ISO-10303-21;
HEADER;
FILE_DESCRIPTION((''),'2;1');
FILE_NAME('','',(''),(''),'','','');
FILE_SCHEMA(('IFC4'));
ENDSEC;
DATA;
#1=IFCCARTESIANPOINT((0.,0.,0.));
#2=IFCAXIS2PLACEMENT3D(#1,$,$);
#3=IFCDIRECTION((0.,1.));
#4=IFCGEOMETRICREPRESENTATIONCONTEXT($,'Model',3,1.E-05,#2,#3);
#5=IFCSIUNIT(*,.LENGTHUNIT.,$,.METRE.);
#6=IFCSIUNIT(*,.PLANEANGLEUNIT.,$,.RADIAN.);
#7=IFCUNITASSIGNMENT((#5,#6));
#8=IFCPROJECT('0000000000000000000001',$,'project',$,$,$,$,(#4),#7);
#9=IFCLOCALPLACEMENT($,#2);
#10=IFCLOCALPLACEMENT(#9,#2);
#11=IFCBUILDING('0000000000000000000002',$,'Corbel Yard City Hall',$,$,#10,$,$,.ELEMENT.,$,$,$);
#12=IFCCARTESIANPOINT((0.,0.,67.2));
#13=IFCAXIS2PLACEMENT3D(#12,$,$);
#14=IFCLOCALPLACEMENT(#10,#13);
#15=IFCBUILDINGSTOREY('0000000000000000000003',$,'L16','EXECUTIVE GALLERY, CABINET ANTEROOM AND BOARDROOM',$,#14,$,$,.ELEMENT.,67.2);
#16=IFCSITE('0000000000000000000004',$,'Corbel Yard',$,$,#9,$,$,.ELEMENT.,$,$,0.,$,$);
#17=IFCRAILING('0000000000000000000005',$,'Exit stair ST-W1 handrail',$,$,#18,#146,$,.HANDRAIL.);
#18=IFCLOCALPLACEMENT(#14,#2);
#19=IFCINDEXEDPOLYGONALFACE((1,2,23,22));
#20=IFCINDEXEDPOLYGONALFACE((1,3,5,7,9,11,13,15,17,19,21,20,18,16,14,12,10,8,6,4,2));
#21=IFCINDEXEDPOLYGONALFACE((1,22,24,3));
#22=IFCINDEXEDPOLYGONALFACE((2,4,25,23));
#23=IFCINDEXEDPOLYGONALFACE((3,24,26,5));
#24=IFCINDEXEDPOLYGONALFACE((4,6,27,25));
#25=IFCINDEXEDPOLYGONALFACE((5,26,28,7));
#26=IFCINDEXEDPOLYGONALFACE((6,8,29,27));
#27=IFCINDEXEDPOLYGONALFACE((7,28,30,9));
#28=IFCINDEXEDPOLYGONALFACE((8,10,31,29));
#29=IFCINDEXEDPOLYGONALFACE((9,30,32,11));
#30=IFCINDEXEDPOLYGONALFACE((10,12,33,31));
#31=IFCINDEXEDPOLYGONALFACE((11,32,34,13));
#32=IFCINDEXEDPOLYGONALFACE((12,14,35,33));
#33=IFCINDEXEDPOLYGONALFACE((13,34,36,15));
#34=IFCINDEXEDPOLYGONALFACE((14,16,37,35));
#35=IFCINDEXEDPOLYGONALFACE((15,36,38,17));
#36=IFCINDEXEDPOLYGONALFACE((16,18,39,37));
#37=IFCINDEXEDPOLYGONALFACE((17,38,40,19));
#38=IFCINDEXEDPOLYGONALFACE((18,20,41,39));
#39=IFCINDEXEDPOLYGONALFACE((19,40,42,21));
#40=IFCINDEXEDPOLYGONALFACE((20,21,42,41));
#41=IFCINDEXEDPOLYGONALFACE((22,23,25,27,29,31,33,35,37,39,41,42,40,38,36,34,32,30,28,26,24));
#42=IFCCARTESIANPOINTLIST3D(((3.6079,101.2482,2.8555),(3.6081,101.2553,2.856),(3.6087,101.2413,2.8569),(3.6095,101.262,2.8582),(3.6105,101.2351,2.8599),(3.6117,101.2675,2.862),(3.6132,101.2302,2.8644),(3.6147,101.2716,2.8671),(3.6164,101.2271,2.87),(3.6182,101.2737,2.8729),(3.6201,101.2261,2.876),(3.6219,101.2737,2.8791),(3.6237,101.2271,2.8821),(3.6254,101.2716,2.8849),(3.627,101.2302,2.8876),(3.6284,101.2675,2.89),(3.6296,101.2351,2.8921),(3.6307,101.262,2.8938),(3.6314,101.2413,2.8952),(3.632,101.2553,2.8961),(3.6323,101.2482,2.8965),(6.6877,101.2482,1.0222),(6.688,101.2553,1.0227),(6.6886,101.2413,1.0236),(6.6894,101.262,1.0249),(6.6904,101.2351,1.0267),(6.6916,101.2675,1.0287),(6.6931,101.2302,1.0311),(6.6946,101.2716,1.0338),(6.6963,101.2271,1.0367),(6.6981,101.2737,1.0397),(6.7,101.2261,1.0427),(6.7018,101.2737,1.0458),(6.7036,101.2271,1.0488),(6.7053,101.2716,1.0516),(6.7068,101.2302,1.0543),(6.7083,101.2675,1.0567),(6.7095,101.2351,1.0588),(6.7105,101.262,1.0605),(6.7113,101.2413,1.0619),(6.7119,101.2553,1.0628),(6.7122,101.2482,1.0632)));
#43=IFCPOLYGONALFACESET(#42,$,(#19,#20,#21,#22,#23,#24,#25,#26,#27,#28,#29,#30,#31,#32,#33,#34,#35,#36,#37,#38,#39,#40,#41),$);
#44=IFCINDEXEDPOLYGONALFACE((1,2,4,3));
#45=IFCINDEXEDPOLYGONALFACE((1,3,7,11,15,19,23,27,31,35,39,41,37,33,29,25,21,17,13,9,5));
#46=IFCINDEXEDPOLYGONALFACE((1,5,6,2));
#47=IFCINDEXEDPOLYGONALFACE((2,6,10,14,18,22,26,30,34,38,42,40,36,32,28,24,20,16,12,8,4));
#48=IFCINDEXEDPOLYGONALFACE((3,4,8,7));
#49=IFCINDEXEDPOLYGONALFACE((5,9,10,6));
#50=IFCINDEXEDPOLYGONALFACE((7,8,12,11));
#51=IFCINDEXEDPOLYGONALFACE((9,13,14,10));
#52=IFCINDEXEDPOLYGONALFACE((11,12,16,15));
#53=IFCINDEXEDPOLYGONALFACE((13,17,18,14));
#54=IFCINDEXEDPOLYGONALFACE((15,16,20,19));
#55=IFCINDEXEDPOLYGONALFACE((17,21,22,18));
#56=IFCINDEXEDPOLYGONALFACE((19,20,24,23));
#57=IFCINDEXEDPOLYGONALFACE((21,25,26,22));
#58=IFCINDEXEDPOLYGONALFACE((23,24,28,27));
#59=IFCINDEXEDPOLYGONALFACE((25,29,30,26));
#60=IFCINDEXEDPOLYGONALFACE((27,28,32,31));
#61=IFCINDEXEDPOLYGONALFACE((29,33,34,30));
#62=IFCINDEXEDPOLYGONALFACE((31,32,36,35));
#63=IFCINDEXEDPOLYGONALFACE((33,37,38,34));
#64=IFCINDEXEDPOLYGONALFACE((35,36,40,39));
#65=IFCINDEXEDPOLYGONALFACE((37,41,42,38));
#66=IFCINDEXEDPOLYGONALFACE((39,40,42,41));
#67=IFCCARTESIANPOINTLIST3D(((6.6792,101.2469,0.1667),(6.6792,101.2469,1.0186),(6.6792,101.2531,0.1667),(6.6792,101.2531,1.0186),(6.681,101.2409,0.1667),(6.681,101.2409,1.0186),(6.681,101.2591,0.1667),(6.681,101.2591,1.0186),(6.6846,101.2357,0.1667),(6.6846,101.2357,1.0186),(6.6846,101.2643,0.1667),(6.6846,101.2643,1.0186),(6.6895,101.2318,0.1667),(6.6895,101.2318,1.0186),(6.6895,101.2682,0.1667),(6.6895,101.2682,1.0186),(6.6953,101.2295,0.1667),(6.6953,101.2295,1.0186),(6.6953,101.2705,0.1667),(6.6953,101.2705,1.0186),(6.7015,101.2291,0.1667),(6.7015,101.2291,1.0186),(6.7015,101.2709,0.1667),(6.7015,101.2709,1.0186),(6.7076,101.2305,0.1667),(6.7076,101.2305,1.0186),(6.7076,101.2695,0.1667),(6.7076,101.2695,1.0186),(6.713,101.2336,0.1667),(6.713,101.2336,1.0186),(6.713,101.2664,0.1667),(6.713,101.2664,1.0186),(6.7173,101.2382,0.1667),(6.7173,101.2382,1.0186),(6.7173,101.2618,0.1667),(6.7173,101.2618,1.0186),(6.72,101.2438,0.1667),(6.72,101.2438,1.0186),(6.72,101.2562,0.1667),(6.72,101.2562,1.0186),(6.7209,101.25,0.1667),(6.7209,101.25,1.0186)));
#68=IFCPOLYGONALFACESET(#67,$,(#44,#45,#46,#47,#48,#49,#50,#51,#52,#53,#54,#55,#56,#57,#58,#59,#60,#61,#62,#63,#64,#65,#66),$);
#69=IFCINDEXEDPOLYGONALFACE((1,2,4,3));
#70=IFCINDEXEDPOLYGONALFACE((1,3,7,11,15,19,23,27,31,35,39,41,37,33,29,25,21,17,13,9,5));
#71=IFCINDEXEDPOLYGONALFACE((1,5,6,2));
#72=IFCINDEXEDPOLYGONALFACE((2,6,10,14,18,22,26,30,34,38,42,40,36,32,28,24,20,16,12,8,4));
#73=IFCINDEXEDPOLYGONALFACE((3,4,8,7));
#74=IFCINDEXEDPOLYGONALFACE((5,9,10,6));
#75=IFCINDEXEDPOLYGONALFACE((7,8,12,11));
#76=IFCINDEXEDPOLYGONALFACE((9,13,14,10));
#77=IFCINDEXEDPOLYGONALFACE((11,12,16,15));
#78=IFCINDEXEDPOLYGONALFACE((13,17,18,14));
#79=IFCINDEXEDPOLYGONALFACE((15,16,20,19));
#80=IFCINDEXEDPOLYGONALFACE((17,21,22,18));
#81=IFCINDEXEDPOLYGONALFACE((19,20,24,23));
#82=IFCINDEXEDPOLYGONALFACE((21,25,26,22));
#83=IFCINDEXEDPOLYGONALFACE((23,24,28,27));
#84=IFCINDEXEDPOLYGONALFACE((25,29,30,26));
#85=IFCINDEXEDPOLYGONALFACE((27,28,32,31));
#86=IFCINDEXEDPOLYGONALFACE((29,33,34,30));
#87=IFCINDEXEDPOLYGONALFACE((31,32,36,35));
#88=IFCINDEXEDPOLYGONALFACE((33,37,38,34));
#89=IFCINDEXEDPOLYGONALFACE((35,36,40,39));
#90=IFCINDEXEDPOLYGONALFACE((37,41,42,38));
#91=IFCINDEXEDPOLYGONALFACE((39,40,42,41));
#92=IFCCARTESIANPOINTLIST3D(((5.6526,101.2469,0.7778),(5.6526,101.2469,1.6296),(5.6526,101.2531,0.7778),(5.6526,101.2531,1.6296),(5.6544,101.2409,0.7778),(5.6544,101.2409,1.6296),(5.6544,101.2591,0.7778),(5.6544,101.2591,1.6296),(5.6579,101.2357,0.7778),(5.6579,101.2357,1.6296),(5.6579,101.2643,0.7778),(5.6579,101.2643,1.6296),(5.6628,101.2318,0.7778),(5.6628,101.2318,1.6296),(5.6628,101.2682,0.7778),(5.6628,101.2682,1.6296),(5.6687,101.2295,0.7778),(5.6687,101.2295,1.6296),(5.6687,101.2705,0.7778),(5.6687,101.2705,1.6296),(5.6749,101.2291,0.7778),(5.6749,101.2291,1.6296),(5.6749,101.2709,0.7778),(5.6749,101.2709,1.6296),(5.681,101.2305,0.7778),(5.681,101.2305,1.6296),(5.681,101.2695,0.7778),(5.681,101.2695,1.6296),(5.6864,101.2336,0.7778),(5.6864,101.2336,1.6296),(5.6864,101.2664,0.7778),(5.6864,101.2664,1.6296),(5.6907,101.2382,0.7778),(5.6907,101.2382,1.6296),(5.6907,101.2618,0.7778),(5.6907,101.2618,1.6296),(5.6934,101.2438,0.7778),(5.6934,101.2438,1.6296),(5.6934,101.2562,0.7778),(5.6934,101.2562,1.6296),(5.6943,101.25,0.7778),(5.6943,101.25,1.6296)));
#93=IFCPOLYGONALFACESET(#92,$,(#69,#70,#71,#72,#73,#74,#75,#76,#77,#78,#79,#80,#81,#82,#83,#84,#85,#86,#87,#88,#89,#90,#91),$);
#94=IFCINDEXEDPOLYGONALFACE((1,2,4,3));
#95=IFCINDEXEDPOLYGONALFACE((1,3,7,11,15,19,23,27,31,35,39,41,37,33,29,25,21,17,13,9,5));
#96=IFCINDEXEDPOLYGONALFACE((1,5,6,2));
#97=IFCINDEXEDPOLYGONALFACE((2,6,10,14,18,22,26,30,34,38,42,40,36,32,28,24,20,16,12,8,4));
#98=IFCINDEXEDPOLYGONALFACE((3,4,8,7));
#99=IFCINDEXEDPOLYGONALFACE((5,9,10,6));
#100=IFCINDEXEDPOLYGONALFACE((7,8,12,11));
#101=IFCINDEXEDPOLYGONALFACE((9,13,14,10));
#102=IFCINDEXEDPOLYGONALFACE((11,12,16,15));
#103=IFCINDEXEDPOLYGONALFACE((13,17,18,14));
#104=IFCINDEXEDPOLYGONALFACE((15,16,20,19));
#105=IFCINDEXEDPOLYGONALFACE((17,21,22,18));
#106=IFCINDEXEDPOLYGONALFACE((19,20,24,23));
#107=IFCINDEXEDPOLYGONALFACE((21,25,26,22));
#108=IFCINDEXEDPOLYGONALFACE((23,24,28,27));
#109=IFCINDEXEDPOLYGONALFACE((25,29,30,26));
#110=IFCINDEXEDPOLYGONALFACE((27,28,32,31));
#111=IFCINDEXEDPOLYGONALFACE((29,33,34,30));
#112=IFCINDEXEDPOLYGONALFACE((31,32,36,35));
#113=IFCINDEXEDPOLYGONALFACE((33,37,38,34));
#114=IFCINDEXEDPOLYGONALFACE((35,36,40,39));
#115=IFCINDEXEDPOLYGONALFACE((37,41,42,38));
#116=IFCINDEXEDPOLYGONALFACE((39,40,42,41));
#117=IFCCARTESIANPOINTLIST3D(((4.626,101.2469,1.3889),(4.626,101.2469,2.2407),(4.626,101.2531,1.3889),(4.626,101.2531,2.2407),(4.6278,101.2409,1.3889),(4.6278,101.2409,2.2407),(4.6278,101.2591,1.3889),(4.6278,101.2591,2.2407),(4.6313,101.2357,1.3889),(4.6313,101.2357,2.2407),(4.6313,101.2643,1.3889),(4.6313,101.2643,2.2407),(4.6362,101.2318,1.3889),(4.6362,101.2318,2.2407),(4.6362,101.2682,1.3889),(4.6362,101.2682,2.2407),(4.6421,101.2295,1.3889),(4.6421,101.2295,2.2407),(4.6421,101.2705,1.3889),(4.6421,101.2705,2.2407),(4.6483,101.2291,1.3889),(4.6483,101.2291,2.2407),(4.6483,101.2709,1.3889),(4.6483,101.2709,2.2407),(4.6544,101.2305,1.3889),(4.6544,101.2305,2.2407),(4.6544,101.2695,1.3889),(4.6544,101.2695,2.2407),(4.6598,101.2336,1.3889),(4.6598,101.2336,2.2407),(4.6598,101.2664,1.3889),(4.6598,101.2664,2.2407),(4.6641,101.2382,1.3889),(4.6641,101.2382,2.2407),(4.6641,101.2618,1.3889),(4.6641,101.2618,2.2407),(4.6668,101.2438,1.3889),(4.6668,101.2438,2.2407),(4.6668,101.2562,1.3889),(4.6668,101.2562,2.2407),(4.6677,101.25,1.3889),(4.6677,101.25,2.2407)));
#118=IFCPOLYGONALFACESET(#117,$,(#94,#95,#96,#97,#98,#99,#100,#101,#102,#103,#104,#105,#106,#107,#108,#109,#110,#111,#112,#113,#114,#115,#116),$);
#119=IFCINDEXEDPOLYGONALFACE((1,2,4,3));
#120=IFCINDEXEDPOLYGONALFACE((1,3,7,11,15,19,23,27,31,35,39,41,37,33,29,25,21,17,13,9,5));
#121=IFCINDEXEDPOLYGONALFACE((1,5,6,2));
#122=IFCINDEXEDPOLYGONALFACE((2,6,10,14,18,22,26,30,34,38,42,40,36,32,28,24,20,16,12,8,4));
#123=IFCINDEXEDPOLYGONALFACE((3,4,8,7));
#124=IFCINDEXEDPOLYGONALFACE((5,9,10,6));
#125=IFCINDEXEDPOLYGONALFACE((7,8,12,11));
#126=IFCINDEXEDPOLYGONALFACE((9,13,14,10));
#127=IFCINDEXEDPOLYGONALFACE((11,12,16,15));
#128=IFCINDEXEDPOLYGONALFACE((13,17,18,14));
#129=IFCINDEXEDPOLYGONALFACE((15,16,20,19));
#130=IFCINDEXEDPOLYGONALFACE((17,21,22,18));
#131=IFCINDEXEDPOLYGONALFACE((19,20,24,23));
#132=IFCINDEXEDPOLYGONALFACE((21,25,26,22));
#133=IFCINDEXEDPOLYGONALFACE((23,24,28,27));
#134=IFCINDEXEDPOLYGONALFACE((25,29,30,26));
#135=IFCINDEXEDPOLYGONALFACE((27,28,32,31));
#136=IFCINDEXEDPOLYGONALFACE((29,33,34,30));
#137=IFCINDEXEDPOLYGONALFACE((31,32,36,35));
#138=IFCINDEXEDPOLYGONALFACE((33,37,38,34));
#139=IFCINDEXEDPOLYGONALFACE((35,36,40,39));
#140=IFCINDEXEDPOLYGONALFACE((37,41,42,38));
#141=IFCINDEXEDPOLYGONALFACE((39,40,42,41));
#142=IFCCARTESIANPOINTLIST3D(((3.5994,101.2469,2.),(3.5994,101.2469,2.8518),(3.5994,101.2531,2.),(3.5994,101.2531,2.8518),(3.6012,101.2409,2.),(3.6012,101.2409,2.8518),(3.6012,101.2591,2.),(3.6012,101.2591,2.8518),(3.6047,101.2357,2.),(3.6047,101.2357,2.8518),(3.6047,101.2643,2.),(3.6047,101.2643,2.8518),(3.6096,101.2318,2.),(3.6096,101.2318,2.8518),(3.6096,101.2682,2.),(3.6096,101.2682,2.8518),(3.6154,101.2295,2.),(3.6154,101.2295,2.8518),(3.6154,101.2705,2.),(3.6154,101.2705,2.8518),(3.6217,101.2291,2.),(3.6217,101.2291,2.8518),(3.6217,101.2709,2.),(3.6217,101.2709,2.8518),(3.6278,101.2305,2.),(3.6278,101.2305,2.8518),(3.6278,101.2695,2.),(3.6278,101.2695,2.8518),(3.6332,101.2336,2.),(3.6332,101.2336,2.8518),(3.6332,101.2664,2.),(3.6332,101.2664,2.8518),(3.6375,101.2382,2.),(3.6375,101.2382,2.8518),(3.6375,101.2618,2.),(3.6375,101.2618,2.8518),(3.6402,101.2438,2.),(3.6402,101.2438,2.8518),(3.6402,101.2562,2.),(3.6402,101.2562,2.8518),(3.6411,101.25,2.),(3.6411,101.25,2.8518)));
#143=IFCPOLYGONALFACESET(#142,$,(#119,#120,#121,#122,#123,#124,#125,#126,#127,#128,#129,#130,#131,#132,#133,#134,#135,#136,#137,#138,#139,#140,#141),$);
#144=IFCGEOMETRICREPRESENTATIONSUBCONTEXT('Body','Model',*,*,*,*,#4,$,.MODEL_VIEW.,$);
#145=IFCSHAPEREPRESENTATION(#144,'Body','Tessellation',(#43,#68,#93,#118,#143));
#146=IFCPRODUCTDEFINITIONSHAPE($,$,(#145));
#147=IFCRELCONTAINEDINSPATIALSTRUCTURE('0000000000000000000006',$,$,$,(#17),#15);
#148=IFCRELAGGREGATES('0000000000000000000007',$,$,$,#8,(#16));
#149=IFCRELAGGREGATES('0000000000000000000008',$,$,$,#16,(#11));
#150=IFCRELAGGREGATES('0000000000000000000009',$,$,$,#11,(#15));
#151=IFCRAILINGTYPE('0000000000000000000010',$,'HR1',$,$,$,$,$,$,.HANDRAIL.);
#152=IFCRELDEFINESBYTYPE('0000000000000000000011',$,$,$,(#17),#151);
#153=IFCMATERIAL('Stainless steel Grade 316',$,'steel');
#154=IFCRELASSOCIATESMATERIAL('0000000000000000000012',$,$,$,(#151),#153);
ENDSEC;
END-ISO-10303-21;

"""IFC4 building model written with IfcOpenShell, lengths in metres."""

from ifc_helpers import new_model, si_unit, direction, frame, origin, origin_2d, place, context, subcontext, project, spatial, circle, extrude, material, type_object, element, save


model = new_model("IFC4")

# Units and contexts
model_context = context("Model", 3, precision=1e-05, world=origin(), true_north=direction((0.0, 1.0)))
body_context = subcontext(model_context, "Body", "Model", "MODEL_VIEW")
ifc_project = project(units=[si_unit("LENGTHUNIT", "METRE"), si_unit("PLANEANGLEUNIT", "RADIAN")], contexts=[model_context])

# Site, building, storey
site_placement = place(None, origin())
site = spatial("IfcSite", under=ifc_project, at=site_placement, Name="Corbel Yard", CompositionType="ELEMENT", RefElevation=0.0)
building_placement = place(site_placement, origin())
building = spatial("IfcBuilding", under=site, at=building_placement, Name="Corbel Yard City Hall", CompositionType="ELEMENT")
storey_placement = place(building_placement, frame((0.0, 0.0, 67.2)))
storey = spatial("IfcBuildingStorey", under=building, at=storey_placement, Name="L16", Description="EXECUTIVE GALLERY, CABINET ANTEROOM AND BOARDROOM", CompositionType="ELEMENT", Elevation=67.2)

# Railing
ifc_material_1 = material(Name="Stainless steel Grade 316", Category="steel")
railing_type = type_object("IfcRailingType", Name="HR1", PredefinedType="HANDRAIL", material=ifc_material_1)
for number, where, name in (
    (1, (6.7, 101.25, 0.1667), "Exit stair ST-W1 handrail"),
):
    element("IfcRailing", number, at=place(storey_placement, frame(where)), inside=storey, type_object=railing_type, Name=name, PredefinedType="HANDRAIL", context=body_context, shape_type="SweptSolid", body=[
        extrude(circle(Radius=0.0239, at=origin_2d()), frame((0.0, 0.0, 0.876), z_axis=(-0.859291, 0.0, 0.511487), x_axis=(0.0, -1.0, 0.0)), (0.0, 0.0, 1.0), 3.5842),
        extrude(circle(Radius=0.021, at=origin_2d()), origin(), (0.0, 0.0, 1.0), 0.8518),
        extrude(circle(Radius=0.021, at=origin_2d()), frame((-1.0266, 0.0, 0.6111)), (0.0, 0.0, 1.0), 0.8518),
        extrude(circle(Radius=0.021, at=origin_2d()), frame((-2.0532, 0.0, 1.2222)), (0.0, 0.0, 1.0), 0.8518),
        extrude(circle(Radius=0.021, at=origin_2d()), frame((-3.0798, 0.0, 1.8333)), (0.0, 0.0, 1.0), 0.8518),
    ])

save(model, "model.ifc")
